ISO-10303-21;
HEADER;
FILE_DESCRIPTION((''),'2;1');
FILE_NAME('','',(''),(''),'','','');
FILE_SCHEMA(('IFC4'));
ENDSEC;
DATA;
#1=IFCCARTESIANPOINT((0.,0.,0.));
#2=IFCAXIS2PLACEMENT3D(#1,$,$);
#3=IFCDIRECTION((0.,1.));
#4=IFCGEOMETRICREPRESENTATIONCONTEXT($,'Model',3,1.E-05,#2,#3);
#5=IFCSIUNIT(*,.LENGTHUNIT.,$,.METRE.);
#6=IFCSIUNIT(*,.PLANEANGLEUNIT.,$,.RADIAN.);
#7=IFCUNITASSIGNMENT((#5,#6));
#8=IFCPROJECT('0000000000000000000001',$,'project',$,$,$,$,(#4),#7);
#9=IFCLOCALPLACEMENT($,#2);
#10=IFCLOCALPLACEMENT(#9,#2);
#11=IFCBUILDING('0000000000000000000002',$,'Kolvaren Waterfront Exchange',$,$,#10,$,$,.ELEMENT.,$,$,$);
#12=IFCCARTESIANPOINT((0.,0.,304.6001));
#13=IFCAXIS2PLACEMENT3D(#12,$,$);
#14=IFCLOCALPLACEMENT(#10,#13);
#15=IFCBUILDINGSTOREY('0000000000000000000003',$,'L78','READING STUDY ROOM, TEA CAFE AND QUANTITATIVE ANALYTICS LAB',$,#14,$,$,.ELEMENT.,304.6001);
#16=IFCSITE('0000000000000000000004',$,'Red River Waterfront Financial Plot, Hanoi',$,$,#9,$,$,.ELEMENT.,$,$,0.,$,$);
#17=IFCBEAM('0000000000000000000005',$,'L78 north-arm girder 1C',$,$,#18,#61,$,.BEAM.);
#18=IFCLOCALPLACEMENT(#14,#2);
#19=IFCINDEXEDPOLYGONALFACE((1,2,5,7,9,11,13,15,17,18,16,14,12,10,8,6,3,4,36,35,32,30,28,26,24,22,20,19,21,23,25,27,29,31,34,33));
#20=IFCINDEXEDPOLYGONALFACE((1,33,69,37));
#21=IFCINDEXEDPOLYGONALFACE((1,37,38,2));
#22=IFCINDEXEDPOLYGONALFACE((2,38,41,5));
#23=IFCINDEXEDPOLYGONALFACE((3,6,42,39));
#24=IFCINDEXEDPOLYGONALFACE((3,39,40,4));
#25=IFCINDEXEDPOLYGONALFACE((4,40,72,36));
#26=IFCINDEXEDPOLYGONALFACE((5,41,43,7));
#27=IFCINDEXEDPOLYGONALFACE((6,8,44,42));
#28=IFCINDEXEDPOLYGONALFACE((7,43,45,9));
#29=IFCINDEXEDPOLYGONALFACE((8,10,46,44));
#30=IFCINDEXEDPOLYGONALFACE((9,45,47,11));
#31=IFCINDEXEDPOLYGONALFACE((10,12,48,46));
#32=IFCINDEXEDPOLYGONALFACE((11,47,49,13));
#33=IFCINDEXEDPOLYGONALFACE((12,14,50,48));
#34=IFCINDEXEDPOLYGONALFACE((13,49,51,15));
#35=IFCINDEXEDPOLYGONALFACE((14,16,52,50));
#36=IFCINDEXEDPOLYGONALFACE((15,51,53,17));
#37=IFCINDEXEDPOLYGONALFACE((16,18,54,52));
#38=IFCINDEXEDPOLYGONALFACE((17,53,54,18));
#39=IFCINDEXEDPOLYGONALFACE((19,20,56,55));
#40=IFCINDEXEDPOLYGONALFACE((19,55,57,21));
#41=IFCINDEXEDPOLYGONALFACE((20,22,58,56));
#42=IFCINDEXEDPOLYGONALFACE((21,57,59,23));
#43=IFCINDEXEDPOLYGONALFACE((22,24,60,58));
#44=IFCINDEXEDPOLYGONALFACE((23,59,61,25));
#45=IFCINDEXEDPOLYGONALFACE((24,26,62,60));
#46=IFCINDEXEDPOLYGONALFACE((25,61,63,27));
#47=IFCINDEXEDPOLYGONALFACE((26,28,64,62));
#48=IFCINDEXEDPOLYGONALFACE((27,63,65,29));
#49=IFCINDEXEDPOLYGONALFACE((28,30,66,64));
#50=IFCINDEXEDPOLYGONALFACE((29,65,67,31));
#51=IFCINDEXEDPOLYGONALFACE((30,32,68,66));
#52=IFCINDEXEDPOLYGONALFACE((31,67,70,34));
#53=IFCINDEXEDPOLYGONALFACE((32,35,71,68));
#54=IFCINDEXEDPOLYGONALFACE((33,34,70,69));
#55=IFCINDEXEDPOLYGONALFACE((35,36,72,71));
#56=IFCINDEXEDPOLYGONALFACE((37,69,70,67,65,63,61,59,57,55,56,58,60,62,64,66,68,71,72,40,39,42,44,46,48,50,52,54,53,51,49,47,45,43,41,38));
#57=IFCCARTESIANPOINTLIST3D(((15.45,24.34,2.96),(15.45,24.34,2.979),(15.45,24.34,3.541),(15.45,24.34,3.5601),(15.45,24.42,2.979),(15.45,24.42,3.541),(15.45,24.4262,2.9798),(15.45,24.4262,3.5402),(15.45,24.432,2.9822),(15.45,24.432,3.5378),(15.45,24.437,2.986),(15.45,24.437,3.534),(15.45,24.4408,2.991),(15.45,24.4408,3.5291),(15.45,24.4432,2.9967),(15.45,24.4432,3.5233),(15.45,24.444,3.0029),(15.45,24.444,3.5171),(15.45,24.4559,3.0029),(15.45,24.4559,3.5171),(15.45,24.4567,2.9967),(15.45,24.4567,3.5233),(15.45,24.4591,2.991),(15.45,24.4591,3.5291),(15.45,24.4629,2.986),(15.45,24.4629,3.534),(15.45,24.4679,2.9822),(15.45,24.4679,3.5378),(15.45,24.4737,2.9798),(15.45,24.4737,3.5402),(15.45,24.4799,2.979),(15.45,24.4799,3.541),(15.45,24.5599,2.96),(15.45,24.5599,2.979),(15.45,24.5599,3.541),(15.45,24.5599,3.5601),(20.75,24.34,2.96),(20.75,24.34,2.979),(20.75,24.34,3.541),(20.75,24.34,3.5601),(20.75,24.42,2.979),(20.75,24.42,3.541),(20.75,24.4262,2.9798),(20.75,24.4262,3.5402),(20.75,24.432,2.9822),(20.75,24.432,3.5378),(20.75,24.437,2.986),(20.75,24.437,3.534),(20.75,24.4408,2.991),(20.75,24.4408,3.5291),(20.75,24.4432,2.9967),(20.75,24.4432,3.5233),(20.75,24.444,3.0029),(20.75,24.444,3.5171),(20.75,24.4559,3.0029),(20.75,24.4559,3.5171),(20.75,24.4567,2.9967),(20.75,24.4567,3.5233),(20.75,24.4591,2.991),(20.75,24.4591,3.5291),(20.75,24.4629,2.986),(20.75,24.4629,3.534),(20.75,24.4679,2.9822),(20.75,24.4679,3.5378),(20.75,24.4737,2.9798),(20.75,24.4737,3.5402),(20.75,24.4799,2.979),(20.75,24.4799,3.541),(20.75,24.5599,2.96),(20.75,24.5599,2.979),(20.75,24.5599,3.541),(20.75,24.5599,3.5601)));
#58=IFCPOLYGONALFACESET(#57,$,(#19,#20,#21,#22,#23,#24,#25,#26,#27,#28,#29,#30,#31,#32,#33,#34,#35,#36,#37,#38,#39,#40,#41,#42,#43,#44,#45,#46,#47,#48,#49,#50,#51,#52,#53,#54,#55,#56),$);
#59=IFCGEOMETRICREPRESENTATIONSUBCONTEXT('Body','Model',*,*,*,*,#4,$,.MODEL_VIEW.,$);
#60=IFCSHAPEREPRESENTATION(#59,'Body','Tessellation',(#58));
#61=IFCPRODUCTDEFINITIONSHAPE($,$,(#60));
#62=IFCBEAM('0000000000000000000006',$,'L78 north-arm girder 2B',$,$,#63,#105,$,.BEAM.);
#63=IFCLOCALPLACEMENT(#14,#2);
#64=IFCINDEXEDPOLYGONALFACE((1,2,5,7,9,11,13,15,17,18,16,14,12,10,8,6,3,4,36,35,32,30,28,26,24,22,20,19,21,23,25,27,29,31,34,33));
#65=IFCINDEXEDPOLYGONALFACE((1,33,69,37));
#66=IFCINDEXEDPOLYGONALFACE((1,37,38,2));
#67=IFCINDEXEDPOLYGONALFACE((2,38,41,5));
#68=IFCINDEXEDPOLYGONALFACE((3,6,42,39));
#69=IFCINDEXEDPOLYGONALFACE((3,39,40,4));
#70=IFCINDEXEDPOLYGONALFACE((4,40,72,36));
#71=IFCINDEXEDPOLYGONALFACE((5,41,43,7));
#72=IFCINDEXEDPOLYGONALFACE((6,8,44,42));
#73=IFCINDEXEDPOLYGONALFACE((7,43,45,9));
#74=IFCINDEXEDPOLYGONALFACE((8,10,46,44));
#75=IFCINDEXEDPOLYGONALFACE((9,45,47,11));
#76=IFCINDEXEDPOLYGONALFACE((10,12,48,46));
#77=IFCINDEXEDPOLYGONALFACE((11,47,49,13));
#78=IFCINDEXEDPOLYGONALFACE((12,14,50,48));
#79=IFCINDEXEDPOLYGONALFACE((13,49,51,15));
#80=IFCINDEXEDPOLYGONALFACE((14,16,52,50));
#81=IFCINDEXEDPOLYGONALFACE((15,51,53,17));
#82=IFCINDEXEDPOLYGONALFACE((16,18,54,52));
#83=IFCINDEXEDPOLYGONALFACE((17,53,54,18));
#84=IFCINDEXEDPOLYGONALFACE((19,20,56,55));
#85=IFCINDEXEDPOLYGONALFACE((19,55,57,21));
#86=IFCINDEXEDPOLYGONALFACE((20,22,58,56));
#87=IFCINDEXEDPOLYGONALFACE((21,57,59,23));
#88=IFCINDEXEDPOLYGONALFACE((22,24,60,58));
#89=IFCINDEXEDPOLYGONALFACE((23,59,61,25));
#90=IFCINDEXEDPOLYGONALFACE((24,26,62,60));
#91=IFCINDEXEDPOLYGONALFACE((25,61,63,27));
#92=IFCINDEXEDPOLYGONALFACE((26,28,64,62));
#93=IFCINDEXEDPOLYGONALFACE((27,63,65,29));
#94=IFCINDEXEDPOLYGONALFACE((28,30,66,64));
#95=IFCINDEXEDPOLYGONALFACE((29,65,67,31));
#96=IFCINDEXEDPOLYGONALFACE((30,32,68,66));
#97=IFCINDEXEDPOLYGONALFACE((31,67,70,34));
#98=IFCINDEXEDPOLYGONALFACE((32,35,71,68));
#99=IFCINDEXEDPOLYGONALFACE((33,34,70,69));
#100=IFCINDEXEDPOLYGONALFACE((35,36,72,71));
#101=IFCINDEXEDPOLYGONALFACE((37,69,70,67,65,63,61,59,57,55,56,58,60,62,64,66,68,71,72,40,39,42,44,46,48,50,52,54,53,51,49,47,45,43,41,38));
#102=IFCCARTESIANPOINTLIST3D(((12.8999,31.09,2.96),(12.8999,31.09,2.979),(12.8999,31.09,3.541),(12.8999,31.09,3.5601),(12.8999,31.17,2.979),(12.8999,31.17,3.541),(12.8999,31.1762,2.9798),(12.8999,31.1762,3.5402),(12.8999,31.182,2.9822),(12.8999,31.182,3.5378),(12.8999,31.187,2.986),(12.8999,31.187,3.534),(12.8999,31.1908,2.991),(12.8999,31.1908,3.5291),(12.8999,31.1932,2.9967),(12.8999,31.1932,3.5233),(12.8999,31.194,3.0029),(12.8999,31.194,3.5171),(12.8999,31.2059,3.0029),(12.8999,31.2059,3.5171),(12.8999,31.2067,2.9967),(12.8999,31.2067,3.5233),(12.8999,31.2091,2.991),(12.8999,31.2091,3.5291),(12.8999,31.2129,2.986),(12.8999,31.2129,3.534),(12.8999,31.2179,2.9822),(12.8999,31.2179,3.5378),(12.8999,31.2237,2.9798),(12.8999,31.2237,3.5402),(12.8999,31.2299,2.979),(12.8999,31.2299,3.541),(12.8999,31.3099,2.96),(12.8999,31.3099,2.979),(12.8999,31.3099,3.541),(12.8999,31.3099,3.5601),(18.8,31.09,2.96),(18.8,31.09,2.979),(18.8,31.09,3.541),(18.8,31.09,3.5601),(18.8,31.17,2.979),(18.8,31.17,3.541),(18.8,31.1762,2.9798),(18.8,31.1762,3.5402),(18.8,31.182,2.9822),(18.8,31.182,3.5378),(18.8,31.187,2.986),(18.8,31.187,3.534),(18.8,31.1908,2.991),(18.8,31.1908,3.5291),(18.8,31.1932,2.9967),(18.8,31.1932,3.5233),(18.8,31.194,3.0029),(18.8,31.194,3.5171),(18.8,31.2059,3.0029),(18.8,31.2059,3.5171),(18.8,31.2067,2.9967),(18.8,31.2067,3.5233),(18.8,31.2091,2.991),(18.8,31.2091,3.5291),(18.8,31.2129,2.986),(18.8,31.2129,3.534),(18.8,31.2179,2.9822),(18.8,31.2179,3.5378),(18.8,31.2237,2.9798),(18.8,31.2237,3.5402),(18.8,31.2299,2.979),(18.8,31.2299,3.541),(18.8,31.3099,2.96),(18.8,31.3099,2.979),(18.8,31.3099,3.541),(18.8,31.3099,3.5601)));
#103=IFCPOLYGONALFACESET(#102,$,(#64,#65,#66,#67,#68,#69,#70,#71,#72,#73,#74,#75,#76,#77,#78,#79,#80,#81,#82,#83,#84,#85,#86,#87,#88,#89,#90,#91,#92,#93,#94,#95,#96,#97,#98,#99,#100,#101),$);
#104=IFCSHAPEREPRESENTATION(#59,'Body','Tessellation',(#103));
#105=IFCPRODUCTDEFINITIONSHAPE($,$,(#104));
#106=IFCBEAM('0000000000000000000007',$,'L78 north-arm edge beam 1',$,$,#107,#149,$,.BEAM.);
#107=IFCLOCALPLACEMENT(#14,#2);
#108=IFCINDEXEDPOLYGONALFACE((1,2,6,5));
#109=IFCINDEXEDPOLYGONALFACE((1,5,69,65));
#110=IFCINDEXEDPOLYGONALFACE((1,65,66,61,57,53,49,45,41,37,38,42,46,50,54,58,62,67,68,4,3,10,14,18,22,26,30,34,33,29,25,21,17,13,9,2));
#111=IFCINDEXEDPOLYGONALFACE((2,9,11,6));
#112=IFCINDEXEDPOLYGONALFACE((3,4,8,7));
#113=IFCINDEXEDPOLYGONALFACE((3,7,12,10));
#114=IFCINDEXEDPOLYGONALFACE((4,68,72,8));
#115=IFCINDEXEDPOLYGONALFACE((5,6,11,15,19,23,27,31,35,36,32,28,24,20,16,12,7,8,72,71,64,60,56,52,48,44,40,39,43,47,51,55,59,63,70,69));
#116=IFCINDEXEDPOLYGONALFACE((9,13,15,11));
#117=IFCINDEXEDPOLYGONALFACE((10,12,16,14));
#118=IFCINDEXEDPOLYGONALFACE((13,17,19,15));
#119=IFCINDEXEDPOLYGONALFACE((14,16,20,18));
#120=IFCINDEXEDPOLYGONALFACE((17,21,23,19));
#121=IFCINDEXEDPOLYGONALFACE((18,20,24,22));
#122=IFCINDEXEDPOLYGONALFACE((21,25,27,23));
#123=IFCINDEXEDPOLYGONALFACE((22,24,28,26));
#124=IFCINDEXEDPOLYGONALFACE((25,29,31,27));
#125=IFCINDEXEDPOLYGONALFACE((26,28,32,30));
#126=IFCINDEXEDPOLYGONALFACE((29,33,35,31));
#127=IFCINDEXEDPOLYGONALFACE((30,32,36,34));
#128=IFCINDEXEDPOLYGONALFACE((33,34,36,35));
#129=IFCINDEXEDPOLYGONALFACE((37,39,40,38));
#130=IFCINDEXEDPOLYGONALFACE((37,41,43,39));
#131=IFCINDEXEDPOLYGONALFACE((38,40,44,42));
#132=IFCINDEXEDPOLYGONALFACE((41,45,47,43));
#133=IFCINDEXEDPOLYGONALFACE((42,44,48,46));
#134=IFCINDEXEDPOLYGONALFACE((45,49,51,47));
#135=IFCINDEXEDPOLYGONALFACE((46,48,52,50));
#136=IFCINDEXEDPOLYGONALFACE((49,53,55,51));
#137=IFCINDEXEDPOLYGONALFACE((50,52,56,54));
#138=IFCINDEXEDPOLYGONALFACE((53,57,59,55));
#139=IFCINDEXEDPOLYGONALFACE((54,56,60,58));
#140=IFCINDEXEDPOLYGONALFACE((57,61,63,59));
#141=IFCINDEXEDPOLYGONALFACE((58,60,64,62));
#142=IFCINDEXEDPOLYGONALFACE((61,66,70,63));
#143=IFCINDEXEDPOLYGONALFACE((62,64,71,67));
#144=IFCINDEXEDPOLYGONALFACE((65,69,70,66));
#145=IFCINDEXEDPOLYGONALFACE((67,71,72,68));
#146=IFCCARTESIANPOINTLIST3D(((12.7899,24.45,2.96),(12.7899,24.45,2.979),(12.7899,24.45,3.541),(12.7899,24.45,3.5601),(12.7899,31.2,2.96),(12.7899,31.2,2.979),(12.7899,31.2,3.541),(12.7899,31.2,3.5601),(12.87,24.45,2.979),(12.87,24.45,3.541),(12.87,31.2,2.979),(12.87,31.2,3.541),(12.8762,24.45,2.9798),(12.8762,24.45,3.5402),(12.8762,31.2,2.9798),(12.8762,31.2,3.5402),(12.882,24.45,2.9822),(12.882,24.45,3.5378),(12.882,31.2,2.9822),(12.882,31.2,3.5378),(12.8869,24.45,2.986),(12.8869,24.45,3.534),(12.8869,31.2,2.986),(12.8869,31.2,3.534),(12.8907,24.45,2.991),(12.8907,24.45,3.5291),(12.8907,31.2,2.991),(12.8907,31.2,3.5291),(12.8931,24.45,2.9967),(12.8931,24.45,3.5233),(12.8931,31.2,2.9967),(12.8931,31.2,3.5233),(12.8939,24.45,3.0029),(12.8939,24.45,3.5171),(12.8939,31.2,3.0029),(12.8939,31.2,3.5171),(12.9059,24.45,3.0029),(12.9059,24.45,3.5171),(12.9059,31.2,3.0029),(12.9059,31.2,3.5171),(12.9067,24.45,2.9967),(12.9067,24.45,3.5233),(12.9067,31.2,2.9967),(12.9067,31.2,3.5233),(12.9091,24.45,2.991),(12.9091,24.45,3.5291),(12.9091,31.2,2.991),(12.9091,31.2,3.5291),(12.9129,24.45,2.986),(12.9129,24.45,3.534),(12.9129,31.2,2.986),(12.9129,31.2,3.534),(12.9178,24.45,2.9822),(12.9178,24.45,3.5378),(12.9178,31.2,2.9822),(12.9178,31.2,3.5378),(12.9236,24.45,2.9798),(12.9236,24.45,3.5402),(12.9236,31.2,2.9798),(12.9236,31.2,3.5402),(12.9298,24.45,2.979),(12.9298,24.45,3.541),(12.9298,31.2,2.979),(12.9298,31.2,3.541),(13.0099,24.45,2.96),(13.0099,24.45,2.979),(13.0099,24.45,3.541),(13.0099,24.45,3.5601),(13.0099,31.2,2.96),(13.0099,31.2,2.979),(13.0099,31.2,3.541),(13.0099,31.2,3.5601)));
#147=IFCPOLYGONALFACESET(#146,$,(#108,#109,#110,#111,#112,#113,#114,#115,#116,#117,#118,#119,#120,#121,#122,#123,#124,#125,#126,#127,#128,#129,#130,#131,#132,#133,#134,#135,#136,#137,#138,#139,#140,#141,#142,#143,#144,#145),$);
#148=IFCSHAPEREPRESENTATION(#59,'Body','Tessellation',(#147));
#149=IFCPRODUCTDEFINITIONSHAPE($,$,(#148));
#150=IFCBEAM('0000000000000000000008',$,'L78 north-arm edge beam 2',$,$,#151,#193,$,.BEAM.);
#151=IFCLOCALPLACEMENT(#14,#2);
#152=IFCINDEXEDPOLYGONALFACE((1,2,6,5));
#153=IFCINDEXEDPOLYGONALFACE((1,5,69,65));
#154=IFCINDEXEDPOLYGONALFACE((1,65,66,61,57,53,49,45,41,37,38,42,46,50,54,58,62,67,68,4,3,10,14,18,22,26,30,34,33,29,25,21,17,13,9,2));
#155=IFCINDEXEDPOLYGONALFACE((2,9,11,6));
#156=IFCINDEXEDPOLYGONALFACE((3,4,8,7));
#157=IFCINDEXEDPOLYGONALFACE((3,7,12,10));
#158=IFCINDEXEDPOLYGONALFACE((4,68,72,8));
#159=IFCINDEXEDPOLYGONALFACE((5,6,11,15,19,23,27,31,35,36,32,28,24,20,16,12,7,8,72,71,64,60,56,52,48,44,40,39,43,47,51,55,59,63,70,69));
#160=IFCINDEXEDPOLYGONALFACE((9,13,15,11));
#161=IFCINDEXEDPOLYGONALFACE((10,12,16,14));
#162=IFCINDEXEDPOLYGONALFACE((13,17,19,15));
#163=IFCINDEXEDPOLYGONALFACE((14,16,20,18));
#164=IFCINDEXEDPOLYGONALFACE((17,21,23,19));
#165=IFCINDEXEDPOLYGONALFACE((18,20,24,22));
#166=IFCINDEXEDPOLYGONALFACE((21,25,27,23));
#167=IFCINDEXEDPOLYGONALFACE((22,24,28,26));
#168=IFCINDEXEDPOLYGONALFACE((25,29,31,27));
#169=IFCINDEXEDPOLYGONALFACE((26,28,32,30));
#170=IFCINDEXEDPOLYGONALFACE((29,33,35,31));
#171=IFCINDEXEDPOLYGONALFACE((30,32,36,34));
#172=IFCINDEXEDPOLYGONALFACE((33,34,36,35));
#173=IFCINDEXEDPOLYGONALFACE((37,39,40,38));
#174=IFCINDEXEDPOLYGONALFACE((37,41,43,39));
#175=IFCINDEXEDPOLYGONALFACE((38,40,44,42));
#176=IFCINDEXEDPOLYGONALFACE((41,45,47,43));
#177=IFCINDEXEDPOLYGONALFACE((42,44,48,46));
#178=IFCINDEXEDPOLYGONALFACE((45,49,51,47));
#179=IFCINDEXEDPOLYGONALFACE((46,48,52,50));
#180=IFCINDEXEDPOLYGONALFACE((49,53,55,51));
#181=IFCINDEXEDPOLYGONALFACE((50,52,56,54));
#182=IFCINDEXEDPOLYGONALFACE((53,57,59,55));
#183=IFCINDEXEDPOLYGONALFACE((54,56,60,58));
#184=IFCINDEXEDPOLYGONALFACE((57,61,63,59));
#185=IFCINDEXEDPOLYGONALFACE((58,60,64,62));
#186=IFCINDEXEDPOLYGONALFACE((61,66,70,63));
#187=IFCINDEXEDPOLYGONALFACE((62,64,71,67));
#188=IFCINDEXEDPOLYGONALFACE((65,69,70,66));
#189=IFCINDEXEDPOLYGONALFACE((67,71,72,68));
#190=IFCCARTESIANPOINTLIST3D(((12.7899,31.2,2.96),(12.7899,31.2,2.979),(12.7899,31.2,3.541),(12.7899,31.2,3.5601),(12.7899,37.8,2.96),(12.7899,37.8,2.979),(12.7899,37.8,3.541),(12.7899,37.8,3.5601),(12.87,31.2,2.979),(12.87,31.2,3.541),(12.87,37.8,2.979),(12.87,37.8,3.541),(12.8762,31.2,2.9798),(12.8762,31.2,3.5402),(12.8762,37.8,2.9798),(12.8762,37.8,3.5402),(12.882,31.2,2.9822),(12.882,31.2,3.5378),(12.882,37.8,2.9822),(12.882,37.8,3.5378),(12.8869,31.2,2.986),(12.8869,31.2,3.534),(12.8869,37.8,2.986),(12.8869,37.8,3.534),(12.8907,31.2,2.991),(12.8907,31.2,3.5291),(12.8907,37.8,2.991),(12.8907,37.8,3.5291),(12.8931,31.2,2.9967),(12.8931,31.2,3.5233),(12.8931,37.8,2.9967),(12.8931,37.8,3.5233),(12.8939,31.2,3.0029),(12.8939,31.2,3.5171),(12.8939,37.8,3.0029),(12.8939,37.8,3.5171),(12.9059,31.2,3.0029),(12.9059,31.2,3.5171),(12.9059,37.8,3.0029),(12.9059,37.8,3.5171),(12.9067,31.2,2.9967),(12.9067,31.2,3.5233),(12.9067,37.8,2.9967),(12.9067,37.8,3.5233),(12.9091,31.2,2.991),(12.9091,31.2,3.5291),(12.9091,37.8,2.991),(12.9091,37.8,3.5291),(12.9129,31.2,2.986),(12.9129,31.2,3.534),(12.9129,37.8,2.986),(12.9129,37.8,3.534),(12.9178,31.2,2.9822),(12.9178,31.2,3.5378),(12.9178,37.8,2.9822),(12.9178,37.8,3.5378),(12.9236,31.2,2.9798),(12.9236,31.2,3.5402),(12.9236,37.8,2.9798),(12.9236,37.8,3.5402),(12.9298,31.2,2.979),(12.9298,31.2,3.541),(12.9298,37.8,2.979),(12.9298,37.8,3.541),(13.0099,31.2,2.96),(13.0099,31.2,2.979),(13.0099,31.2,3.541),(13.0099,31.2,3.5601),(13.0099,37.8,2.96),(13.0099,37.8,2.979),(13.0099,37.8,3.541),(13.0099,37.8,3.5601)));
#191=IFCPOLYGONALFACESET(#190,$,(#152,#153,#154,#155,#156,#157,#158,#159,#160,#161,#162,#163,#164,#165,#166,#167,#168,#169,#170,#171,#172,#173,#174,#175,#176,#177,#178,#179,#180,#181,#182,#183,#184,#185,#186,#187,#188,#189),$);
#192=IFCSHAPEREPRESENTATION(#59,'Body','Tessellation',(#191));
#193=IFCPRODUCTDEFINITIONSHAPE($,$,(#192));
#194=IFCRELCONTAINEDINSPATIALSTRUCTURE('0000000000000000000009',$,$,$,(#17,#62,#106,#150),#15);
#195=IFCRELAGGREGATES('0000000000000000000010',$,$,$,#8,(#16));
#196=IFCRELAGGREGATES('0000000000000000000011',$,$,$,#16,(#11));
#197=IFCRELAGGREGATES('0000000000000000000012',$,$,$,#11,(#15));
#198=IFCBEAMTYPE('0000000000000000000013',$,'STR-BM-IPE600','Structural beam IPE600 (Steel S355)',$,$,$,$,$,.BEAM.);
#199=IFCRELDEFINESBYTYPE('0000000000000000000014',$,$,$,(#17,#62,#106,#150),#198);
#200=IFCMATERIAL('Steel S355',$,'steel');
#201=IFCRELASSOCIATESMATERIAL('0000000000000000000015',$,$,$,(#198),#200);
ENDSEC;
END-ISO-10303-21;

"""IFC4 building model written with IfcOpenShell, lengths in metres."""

from ifc_helpers import new_model, si_unit, direction, frame, origin, origin_2d, place, context, subcontext, project, spatial, i_section, extrude, material, material_profile, profile_set, type_object, element, save


model = new_model("IFC4")

# Units and contexts
model_context = context("Model", 3, precision=1e-05, world=origin(), true_north=direction((0.0, 1.0)))
body_context = subcontext(model_context, "Body", "Model", "MODEL_VIEW")
ifc_project = project(units=[si_unit("LENGTHUNIT", "METRE"), si_unit("PLANEANGLEUNIT", "RADIAN")], contexts=[model_context])

# Site, building, storey
site_placement = place(None, origin())
site = spatial("IfcSite", under=ifc_project, at=site_placement, Name="Red River Waterfront Financial Plot, Hanoi", CompositionType="ELEMENT", RefElevation=0.0)
building_placement = place(site_placement, origin())
building = spatial("IfcBuilding", under=site, at=building_placement, Name="Kolvaren Waterfront Exchange", CompositionType="ELEMENT")
storey_placement = place(building_placement, frame((0.0, 0.0, 304.6001)))
storey = spatial("IfcBuildingStorey", under=building, at=storey_placement, Name="L78", Description="READING STUDY ROOM, TEA CAFE AND QUANTITATIVE ANALYTICS LAB", CompositionType="ELEMENT", Elevation=304.6001)

# Beams
ifc_material_1 = material(Name="Steel S355", Category="steel")
ifc_material_profile_1 = material_profile(ifc_material_1, i_section(OverallWidth=0.22, OverallDepth=0.6001, WebThickness=0.012, FlangeThickness=0.019, FilletRadius=0.0239, at=origin_2d()), Name="IPE600")
ifc_profile_set_1 = profile_set([ifc_material_profile_1], Name="Steel S355")
beam_type_1 = type_object("IfcBeamType", Name="STR-BM-IPE600", Description="Structural beam IPE600 (Steel S355)", PredefinedType="BEAM", material=ifc_profile_set_1)
beam_1_placement = place(storey_placement, frame((15.45, 24.45, 3.26), z_axis=(1.0, 0.0, 0.0), x_axis=(0.0, 1.0, 0.0)))
element("IfcBeam", 1, at=beam_1_placement, inside=storey, type_object=beam_type_1, Name="L78 north-arm girder 1C", PredefinedType="BEAM", context=body_context, shape_type="SweptSolid", body=[
    extrude(i_section(OverallWidth=0.22, OverallDepth=0.6001, WebThickness=0.012, FlangeThickness=0.019, FilletRadius=0.0239, at=origin_2d()), origin(), (0.0, 0.0, 1.0), 5.3),
])
beam_2_placement = place(storey_placement, frame((12.8999, 31.2, 3.26), z_axis=(1.0, 0.0, 0.0), x_axis=(0.0, 1.0, 0.0)))
element("IfcBeam", 2, at=beam_2_placement, inside=storey, type_object=beam_type_1, Name="L78 north-arm girder 2B", PredefinedType="BEAM", context=body_context, shape_type="SweptSolid", body=[
    extrude(i_section(OverallWidth=0.22, OverallDepth=0.6001, WebThickness=0.012, FlangeThickness=0.019, FilletRadius=0.0239, at=origin_2d()), origin(), (0.0, 0.0, 1.0), 5.9001),
])
beam_3_placement = place(storey_placement, frame((12.8999, 24.45, 3.26), z_axis=(0.0, 1.0, 0.0), x_axis=(-1.0, 0.0, 0.0)))
element("IfcBeam", 3, at=beam_3_placement, inside=storey, type_object=beam_type_1, Name="L78 north-arm edge beam 1", PredefinedType="BEAM", context=body_context, shape_type="SweptSolid", body=[
    extrude(i_section(OverallWidth=0.22, OverallDepth=0.6001, WebThickness=0.012, FlangeThickness=0.019, FilletRadius=0.0239, at=origin_2d()), origin(), (0.0, 0.0, 1.0), 6.75),
])
beam_4_placement = place(storey_placement, frame((12.8999, 31.2, 3.26), z_axis=(0.0, 1.0, 0.0), x_axis=(-1.0, 0.0, 0.0)))
element("IfcBeam", 4, at=beam_4_placement, inside=storey, type_object=beam_type_1, Name="L78 north-arm edge beam 2", PredefinedType="BEAM", context=body_context, shape_type="SweptSolid", body=[
    extrude(i_section(OverallWidth=0.22, OverallDepth=0.6001, WebThickness=0.012, FlangeThickness=0.019, FilletRadius=0.0239, at=origin_2d()), origin(), (0.0, 0.0, 1.0), 6.6001),
])

save(model, "model.ifc")
